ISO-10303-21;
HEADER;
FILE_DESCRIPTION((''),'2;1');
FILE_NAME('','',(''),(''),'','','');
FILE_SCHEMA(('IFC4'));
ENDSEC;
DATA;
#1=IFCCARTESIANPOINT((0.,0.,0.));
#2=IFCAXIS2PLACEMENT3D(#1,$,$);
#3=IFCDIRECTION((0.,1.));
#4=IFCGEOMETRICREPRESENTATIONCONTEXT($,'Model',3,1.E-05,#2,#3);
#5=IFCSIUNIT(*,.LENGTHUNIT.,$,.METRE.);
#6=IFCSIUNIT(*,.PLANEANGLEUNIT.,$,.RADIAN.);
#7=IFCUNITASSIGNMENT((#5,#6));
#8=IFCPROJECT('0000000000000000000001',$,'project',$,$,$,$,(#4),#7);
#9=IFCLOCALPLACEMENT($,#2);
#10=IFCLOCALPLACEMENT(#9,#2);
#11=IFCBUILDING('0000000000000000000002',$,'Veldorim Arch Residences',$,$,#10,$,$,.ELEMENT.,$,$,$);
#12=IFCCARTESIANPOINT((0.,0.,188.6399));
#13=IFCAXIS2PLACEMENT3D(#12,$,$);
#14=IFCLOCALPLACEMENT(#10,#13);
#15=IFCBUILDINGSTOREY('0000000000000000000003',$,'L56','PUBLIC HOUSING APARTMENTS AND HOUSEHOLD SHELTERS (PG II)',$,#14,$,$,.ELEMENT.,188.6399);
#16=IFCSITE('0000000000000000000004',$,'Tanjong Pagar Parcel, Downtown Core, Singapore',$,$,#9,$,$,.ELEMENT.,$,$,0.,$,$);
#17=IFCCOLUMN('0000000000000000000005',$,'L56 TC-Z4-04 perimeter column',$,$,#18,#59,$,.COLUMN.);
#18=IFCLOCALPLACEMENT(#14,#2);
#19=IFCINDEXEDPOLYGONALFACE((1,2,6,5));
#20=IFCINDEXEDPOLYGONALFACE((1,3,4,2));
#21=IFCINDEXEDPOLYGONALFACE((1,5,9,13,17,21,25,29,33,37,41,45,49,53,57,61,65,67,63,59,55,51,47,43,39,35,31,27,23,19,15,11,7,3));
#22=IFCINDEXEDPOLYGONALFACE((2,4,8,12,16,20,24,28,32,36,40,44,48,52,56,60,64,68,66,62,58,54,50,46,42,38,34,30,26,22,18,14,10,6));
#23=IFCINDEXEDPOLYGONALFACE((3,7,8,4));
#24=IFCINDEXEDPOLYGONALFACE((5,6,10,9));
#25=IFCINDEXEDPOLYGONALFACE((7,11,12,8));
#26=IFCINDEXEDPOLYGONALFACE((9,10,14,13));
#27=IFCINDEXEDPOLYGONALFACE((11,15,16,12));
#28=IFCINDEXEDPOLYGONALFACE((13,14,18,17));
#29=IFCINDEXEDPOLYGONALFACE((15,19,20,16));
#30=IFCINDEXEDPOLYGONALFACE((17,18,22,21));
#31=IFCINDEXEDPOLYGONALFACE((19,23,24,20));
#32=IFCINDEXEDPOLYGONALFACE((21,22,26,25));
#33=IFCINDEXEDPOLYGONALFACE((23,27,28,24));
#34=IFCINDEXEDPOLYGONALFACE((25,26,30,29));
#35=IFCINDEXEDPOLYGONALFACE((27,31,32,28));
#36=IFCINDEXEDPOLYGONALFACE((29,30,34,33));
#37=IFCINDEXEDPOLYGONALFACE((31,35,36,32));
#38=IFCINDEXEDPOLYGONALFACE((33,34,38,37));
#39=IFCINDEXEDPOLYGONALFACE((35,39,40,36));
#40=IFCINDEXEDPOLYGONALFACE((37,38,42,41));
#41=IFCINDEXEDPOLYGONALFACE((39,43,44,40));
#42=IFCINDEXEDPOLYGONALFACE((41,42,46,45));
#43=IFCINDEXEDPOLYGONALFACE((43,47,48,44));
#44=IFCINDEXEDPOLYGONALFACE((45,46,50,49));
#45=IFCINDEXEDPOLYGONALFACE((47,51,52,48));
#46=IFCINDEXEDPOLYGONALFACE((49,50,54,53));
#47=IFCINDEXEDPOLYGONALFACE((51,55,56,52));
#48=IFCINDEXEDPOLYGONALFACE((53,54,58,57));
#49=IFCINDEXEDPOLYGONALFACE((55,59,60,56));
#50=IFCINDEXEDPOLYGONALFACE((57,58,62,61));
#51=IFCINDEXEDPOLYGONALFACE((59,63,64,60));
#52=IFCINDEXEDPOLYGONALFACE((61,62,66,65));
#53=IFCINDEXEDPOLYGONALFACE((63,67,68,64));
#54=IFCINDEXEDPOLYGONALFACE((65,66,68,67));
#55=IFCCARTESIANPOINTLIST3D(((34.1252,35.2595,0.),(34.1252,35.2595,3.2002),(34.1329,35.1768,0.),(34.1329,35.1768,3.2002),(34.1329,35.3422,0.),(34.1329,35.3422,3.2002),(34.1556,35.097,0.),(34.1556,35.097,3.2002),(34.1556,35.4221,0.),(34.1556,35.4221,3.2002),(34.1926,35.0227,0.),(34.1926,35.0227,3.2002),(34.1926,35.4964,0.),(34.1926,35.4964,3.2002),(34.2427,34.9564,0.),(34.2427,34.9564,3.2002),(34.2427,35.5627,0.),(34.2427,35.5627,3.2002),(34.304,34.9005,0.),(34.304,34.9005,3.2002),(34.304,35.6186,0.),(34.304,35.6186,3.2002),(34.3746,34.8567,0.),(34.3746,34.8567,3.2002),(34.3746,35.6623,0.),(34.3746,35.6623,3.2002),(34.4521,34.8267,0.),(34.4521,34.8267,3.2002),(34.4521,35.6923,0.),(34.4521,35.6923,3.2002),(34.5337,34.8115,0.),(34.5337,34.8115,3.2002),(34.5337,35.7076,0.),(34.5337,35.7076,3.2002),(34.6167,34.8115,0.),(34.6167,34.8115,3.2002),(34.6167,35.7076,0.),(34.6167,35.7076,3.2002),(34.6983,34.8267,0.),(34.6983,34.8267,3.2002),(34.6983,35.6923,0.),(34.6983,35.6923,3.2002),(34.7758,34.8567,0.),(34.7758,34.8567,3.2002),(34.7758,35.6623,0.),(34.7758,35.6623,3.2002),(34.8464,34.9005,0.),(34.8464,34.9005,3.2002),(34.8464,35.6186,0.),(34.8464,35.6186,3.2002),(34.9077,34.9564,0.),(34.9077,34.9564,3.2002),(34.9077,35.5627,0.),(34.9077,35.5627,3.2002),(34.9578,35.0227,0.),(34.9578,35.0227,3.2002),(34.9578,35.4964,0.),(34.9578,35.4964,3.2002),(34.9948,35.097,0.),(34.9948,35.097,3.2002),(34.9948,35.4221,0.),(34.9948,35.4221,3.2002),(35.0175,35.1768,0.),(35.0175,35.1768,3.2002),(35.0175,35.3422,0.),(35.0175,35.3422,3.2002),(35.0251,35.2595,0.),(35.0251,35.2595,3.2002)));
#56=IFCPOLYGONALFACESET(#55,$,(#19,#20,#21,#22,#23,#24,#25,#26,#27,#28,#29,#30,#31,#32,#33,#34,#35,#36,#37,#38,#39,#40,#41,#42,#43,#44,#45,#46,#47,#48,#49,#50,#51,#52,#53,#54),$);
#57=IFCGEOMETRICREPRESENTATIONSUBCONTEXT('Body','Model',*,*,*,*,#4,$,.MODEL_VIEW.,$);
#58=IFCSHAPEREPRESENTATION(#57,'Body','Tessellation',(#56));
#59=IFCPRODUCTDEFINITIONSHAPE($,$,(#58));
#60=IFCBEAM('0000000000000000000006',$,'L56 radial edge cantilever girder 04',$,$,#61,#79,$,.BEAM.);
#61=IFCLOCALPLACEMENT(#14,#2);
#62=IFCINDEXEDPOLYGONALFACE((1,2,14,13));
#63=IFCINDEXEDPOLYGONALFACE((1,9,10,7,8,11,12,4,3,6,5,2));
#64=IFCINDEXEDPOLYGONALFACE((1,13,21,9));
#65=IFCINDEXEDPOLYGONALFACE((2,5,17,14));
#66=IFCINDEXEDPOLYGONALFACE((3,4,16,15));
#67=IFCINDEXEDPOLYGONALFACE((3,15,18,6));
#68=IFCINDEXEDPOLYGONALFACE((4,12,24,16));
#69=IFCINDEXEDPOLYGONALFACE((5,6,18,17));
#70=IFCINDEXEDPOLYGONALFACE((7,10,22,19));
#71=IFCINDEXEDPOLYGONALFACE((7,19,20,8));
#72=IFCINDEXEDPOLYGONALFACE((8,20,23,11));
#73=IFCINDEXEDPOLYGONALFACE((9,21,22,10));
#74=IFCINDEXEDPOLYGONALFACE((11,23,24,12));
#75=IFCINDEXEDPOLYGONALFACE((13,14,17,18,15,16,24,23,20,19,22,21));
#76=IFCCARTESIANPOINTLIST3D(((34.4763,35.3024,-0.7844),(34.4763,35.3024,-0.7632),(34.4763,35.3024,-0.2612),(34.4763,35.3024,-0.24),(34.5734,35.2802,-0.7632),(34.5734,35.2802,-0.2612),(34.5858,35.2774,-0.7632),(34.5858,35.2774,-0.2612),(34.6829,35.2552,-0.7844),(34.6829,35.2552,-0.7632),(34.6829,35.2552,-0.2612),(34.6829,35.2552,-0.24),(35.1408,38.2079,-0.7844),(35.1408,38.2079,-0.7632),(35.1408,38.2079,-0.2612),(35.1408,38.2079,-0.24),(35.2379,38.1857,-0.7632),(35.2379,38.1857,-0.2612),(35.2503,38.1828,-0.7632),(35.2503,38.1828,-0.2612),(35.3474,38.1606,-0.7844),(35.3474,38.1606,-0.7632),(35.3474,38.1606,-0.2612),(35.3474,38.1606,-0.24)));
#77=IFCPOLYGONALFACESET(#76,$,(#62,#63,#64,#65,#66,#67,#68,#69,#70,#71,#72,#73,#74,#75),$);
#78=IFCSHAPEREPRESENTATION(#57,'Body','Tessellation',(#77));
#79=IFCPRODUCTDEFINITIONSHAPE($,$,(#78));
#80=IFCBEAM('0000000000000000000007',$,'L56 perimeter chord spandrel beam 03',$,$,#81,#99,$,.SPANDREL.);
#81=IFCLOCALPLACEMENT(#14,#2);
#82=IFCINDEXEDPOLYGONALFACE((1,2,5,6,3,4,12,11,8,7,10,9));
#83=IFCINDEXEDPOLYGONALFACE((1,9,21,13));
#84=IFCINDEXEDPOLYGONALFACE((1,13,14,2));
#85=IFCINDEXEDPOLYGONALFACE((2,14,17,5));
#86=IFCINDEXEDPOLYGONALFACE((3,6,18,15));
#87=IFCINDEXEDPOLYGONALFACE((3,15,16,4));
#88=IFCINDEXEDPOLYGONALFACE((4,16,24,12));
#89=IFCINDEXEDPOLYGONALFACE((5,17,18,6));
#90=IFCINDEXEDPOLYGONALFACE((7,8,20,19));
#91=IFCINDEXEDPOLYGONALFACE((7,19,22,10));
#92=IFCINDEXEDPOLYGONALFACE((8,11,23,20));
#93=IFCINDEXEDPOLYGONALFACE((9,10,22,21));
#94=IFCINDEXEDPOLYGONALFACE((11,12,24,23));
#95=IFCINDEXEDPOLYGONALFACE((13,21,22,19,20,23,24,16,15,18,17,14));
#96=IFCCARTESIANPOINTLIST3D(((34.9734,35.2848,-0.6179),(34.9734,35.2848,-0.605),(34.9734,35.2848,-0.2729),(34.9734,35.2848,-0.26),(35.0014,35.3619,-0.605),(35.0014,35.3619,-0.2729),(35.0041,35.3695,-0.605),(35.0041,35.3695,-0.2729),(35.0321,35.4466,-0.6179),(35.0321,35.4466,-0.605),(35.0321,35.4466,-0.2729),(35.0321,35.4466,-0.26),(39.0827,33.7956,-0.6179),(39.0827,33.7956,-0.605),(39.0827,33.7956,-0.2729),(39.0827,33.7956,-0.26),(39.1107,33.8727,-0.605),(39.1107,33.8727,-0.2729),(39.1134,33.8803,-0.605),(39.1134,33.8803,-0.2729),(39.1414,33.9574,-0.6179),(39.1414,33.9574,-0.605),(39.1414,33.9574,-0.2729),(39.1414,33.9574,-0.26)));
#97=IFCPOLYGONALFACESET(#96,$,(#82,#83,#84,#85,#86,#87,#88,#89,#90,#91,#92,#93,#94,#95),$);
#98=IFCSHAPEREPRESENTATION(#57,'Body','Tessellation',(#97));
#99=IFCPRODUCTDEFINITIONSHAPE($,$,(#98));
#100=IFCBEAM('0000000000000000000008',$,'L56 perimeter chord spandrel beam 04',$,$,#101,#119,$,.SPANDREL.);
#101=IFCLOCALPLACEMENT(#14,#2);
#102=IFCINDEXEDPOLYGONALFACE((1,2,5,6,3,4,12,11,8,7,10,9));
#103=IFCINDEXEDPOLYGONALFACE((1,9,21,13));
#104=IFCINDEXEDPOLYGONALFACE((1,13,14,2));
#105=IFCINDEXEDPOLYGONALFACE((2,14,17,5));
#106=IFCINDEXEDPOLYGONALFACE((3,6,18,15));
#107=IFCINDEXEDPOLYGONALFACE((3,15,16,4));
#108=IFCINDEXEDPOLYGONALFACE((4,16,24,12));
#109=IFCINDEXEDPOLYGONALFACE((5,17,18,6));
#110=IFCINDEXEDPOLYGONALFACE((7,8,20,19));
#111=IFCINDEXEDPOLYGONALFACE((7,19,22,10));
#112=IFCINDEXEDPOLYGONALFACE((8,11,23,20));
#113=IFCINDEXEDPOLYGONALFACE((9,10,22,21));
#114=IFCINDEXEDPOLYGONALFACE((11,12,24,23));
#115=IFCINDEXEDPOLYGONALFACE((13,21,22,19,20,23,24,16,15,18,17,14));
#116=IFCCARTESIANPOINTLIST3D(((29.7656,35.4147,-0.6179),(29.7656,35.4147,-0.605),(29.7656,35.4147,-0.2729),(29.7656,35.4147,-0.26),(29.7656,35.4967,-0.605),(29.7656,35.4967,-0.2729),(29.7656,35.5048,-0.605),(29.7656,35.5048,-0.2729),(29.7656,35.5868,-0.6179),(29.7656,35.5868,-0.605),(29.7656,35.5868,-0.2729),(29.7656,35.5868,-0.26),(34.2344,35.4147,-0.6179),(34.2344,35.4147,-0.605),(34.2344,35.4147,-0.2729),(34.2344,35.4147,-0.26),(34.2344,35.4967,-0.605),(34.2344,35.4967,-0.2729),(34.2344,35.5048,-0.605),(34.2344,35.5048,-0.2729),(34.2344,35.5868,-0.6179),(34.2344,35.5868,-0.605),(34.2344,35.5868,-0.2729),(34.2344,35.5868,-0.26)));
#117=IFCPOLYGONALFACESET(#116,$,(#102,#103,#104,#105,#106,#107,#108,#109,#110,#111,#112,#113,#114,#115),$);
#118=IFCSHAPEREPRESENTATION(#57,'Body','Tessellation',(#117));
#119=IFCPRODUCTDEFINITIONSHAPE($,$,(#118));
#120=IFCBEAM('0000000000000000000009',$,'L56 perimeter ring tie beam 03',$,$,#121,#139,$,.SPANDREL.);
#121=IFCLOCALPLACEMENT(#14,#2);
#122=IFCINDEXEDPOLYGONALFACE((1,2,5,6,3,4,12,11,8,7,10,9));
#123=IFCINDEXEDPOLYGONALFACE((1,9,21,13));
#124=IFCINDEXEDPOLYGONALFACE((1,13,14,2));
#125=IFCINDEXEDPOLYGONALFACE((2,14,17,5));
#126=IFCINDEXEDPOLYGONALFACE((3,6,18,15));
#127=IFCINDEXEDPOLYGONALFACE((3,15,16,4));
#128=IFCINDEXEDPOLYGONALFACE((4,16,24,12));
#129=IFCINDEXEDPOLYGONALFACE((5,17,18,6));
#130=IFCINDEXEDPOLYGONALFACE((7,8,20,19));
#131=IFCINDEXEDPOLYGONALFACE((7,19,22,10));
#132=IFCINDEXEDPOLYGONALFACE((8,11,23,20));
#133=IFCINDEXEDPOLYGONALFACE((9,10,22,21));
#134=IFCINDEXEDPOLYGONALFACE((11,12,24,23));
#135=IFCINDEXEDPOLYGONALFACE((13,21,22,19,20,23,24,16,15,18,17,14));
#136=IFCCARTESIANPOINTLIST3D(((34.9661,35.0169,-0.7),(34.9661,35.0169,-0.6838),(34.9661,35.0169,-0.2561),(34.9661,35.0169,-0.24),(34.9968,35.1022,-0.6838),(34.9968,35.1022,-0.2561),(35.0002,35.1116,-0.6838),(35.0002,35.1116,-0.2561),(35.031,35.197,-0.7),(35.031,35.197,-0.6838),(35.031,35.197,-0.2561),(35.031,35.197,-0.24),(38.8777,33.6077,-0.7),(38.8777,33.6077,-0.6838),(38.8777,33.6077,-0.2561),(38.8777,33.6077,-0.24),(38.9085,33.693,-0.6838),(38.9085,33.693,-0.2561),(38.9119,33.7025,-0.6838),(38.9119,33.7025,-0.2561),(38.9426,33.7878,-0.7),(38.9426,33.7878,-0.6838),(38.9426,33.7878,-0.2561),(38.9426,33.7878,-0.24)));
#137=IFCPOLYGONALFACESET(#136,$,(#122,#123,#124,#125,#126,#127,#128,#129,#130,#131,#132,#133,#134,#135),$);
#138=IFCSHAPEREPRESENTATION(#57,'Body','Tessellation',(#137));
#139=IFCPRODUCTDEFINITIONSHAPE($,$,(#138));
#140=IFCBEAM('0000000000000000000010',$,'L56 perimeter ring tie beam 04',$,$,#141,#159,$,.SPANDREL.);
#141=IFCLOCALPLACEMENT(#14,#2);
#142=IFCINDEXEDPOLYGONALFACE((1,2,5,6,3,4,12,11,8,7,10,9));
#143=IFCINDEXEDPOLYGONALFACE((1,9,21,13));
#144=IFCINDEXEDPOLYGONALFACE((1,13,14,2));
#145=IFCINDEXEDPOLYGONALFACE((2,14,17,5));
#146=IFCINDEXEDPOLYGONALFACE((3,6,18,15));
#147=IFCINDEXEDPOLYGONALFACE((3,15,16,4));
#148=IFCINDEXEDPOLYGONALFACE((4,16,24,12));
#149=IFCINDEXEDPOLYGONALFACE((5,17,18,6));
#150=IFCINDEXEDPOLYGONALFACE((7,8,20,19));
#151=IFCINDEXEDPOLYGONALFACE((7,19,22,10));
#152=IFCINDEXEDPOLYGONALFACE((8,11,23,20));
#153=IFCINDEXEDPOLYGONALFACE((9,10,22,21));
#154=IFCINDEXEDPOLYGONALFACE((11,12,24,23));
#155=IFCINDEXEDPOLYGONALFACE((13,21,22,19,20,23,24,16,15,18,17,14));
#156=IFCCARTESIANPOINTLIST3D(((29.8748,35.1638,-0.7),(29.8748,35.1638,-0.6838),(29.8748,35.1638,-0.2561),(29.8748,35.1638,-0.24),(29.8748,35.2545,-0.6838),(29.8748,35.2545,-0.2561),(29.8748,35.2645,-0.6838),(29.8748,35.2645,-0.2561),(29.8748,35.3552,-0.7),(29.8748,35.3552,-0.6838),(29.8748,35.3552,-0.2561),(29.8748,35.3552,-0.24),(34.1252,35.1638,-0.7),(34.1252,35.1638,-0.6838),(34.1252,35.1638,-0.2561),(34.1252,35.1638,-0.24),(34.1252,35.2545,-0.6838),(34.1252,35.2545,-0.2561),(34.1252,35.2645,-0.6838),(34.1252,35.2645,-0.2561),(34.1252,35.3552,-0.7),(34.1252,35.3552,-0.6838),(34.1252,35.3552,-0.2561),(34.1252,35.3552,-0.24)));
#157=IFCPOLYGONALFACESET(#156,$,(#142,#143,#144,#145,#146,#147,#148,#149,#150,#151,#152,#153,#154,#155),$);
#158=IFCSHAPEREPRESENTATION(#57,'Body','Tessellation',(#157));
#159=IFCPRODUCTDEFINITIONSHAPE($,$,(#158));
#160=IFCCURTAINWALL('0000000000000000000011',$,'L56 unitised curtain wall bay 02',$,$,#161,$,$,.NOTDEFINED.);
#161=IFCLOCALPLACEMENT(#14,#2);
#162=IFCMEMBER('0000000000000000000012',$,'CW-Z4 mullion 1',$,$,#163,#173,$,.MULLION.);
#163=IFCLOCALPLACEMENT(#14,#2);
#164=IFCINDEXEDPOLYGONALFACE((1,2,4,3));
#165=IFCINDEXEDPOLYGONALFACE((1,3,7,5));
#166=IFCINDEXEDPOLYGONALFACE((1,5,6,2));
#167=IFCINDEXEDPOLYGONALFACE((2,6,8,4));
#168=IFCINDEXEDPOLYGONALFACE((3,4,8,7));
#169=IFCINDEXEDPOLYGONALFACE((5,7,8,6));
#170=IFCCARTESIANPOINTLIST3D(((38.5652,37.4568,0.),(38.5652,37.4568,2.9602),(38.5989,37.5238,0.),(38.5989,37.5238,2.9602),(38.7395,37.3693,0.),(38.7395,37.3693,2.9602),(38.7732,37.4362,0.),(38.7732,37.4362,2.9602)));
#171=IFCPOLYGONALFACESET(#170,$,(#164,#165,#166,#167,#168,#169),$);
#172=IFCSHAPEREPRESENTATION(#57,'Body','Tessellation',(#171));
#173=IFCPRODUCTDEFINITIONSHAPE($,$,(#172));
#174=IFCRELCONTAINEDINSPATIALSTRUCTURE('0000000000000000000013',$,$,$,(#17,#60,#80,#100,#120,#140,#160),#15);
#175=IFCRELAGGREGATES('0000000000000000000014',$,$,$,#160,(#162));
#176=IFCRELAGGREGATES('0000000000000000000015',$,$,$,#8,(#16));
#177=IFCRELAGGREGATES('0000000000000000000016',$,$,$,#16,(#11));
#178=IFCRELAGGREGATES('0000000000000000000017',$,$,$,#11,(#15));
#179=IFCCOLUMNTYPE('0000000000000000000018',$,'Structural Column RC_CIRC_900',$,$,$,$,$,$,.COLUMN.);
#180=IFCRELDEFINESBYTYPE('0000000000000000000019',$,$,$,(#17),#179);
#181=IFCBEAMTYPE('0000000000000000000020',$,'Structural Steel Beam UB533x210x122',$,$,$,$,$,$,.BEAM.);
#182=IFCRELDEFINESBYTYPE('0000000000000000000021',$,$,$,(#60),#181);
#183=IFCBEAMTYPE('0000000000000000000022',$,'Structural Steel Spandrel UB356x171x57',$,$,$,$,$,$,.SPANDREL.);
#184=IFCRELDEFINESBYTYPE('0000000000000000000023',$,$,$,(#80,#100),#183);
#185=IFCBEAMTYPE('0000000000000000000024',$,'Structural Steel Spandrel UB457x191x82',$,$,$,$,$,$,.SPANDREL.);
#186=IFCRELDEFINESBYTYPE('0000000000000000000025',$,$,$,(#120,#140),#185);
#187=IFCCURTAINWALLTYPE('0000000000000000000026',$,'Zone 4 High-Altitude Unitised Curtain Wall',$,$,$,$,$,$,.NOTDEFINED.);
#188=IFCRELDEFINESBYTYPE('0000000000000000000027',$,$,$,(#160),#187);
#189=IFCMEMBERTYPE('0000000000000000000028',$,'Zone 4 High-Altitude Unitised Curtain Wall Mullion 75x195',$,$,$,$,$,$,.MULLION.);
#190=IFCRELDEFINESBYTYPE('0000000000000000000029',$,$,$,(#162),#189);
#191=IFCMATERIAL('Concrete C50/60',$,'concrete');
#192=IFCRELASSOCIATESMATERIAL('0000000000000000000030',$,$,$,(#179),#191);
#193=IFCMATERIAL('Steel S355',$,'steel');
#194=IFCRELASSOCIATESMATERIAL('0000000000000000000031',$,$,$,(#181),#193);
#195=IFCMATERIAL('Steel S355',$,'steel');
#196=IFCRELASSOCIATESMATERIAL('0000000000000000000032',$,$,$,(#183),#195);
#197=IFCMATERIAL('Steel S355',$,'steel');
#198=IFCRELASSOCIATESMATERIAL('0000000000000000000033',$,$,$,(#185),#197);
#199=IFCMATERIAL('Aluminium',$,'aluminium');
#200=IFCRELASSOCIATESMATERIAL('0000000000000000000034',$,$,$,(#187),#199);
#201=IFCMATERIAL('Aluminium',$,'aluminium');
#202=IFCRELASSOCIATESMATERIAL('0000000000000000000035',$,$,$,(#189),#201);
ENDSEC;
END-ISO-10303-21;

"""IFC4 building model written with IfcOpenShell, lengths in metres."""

from ifc_helpers import new_model, si_unit, direction, frame, origin, origin_2d, place, context, subcontext, project, spatial, rectangle, circle, i_section, extrude, material, material_profile, profile_set, type_object, element, aggregate, save


model = new_model("IFC4")

# Units and contexts
model_context = context("Model", 3, precision=1e-05, world=origin(), true_north=direction((0.0, 1.0)))
body_context = subcontext(model_context, "Body", "Model", "MODEL_VIEW")
ifc_project = project(units=[si_unit("LENGTHUNIT", "METRE"), si_unit("PLANEANGLEUNIT", "RADIAN")], contexts=[model_context])

# Site, building, storey
site_placement = place(None, origin())
site = spatial("IfcSite", under=ifc_project, at=site_placement, Name="Tanjong Pagar Parcel, Downtown Core, Singapore", CompositionType="ELEMENT", RefElevation=0.0)
building_placement = place(site_placement, origin())
building = spatial("IfcBuilding", under=site, at=building_placement, Name="Veldorim Arch Residences", CompositionType="ELEMENT")
storey_placement = place(building_placement, frame((0.0, 0.0, 188.6399)))
storey = spatial("IfcBuildingStorey", under=building, at=storey_placement, Name="L56", Description="PUBLIC HOUSING APARTMENTS AND HOUSEHOLD SHELTERS (PG II)", CompositionType="ELEMENT", Elevation=188.6399)

# Column
ifc_material_1 = material(Name="Concrete C50/60", Category="concrete")
ifc_material_profile_1 = material_profile(ifc_material_1, circle(Radius=0.45, at=origin_2d()), Name="RC_CIRC_900")
ifc_profile_set_1 = profile_set([ifc_material_profile_1], Name="Concrete C50/60")
column_type = type_object("IfcColumnType", Name="Structural Column RC_CIRC_900", PredefinedType="COLUMN", material=ifc_profile_set_1)
column_placement = place(storey_placement, frame((34.5752, 35.2595, 0.0), z_axis=(0.0, 0.0, 1.0), x_axis=(1.0, 0.0, 0.0)))
element("IfcColumn", 1, at=column_placement, inside=storey, type_object=column_type, Name="L56 TC-Z4-04 perimeter column", PredefinedType="COLUMN", context=body_context, shape_type="SweptSolid", body=[
    extrude(circle(Radius=0.45, at=origin_2d()), origin(), (0.0, 0.0, 1.0), 3.2002),
])

# Beams
ifc_material_2 = material(Name="Steel S355", Category="steel")
ifc_material_profile_2 = material_profile(ifc_material_2, i_section(OverallWidth=0.2119, OverallDepth=0.5444, WebThickness=0.0127, FlangeThickness=0.0212, at=origin_2d()), Name="UB533x210x122")
ifc_profile_set_2 = profile_set([ifc_material_profile_2], Name="Steel S355")
beam_type_1 = type_object("IfcBeamType", Name="Structural Steel Beam UB533x210x122", PredefinedType="BEAM", material=ifc_profile_set_2)
beam_1_placement = place(storey_placement, frame((34.5796, 35.2788, -0.5122), z_axis=(0.222963, 0.974827, 0.0), x_axis=(-0.974827, 0.222963, 0.0)))
element("IfcBeam", 2, at=beam_1_placement, inside=storey, type_object=beam_type_1, Name="L56 radial edge cantilever girder 04", PredefinedType="BEAM", context=body_context, shape_type="SweptSolid", body=[
    extrude(i_section(OverallWidth=0.2119, OverallDepth=0.5444, WebThickness=0.0127, FlangeThickness=0.0212, at=origin_2d()), origin(), (0.0, 0.0, 1.0), 2.9805),
])
ifc_material_3 = material(Name="Steel S355", Category="steel")
ifc_material_profile_3 = material_profile(ifc_material_3, i_section(OverallWidth=0.1721, OverallDepth=0.3579, WebThickness=0.0081, FlangeThickness=0.0129, at=origin_2d()), Name="UB356x171x57")
ifc_profile_set_3 = profile_set([ifc_material_profile_3], Name="Steel S355")
beam_type_2 = type_object("IfcBeamType", Name="Structural Steel Spandrel UB356x171x57", PredefinedType="SPANDREL", material=ifc_profile_set_3)
beam_2_placement = place(storey_placement, frame((39.1121, 33.8765, -0.439), z_axis=(-0.940165, 0.34072, 0.0), x_axis=(-0.34072, -0.940165, 0.0)))
element("IfcBeam", 3, at=beam_2_placement, inside=storey, type_object=beam_type_2, Name="L56 perimeter chord spandrel beam 03", PredefinedType="SPANDREL", context=body_context, shape_type="SweptSolid", body=[
    extrude(i_section(OverallWidth=0.1721, OverallDepth=0.3579, WebThickness=0.0081, FlangeThickness=0.0129, at=origin_2d()), origin(), (0.0, 0.0, 1.0), 4.3708),
])
beam_3_placement = place(storey_placement, frame((34.2344, 35.5007, -0.439), z_axis=(-1.0, 0.0, 0.0), x_axis=(0.0, -1.0, 0.0)))
element("IfcBeam", 4, at=beam_3_placement, inside=storey, type_object=beam_type_2, Name="L56 perimeter chord spandrel beam 04", PredefinedType="SPANDREL", context=body_context, shape_type="SweptSolid", body=[
    extrude(i_section(OverallWidth=0.1721, OverallDepth=0.3579, WebThickness=0.0081, FlangeThickness=0.0129, at=origin_2d()), origin(), (0.0, 0.0, 1.0), 4.4688),
])
ifc_material_4 = material(Name="Steel S355", Category="steel")
ifc_material_profile_4 = material_profile(ifc_material_4, i_section(OverallWidth=0.1914, OverallDepth=0.46, WebThickness=0.01, FlangeThickness=0.0161, at=origin_2d()), Name="UB457x191x82")
ifc_profile_set_4 = profile_set([ifc_material_profile_4], Name="Steel S355")
beam_type_3 = type_object("IfcBeamType", Name="Structural Steel Spandrel UB457x191x82", PredefinedType="SPANDREL", material=ifc_profile_set_4)
beam_4_placement = place(storey_placement, frame((38.9102, 33.6978, -0.47), z_axis=(-0.940811, 0.338932, 0.0), x_axis=(-0.338932, -0.940811, 0.0)))
element("IfcBeam", 5, at=beam_4_placement, inside=storey, type_object=beam_type_3, Name="L56 perimeter ring tie beam 03", PredefinedType="SPANDREL", context=body_context, shape_type="SweptSolid", body=[
    extrude(i_section(OverallWidth=0.1914, OverallDepth=0.46, WebThickness=0.01, FlangeThickness=0.0161, at=origin_2d()), origin(), (0.0, 0.0, 1.0), 4.1577),
])
beam_5_placement = place(storey_placement, frame((34.1252, 35.2595, -0.47), z_axis=(-1.0, 0.0, 0.0), x_axis=(0.0, -1.0, 0.0)))
element("IfcBeam", 6, at=beam_5_placement, inside=storey, type_object=beam_type_3, Name="L56 perimeter ring tie beam 04", PredefinedType="SPANDREL", context=body_context, shape_type="SweptSolid", body=[
    extrude(i_section(OverallWidth=0.1914, OverallDepth=0.46, WebThickness=0.01, FlangeThickness=0.0161, at=origin_2d()), origin(), (0.0, 0.0, 1.0), 4.2505),
])

# Curtain wall, member
ifc_material_5 = material(Name="Aluminium", Category="aluminium")
curtain_wall_type = type_object("IfcCurtainWallType", Name="Zone 4 High-Altitude Unitised Curtain Wall", PredefinedType="NOTDEFINED", material=ifc_material_5)
curtain_wall_placement = place(storey_placement, origin())
curtain_wall = element("IfcCurtainWall", 7, at=curtain_wall_placement, inside=storey, type_object=curtain_wall_type, Name="L56 unitised curtain wall bay 02", PredefinedType="NOTDEFINED")
ifc_material_6 = material(Name="Aluminium", Category="aluminium")
ifc_material_profile_5 = material_profile(ifc_material_6, rectangle(XDim=0.075, YDim=0.1951, at=origin_2d()), Name="ALU_MUL_75x195")
ifc_profile_set_5 = profile_set([ifc_material_profile_5], Name="Aluminium")
member_type_1 = type_object("IfcMemberType", Name="Zone 4 High-Altitude Unitised Curtain Wall Mullion 75x195", PredefinedType="MULLION", material=ifc_profile_set_5)
member_1_placement = place(storey_placement, frame((38.6692, 37.4465, 0.0), z_axis=(0.0, 0.0, 1.0), x_axis=(0.448866, 0.893599, 0.0)))
member_1 = element("IfcMember", 8, at=member_1_placement, type_object=member_type_1, Name="CW-Z4 mullion 1", PredefinedType="MULLION", context=body_context, shape_type="SweptSolid", body=[
    extrude(rectangle(XDim=0.075, YDim=0.1951, at=origin_2d()), origin(), (0.0, 0.0, 1.0), 2.9602),
])
aggregate(curtain_wall, [member_1])

save(model, "model.ifc")
